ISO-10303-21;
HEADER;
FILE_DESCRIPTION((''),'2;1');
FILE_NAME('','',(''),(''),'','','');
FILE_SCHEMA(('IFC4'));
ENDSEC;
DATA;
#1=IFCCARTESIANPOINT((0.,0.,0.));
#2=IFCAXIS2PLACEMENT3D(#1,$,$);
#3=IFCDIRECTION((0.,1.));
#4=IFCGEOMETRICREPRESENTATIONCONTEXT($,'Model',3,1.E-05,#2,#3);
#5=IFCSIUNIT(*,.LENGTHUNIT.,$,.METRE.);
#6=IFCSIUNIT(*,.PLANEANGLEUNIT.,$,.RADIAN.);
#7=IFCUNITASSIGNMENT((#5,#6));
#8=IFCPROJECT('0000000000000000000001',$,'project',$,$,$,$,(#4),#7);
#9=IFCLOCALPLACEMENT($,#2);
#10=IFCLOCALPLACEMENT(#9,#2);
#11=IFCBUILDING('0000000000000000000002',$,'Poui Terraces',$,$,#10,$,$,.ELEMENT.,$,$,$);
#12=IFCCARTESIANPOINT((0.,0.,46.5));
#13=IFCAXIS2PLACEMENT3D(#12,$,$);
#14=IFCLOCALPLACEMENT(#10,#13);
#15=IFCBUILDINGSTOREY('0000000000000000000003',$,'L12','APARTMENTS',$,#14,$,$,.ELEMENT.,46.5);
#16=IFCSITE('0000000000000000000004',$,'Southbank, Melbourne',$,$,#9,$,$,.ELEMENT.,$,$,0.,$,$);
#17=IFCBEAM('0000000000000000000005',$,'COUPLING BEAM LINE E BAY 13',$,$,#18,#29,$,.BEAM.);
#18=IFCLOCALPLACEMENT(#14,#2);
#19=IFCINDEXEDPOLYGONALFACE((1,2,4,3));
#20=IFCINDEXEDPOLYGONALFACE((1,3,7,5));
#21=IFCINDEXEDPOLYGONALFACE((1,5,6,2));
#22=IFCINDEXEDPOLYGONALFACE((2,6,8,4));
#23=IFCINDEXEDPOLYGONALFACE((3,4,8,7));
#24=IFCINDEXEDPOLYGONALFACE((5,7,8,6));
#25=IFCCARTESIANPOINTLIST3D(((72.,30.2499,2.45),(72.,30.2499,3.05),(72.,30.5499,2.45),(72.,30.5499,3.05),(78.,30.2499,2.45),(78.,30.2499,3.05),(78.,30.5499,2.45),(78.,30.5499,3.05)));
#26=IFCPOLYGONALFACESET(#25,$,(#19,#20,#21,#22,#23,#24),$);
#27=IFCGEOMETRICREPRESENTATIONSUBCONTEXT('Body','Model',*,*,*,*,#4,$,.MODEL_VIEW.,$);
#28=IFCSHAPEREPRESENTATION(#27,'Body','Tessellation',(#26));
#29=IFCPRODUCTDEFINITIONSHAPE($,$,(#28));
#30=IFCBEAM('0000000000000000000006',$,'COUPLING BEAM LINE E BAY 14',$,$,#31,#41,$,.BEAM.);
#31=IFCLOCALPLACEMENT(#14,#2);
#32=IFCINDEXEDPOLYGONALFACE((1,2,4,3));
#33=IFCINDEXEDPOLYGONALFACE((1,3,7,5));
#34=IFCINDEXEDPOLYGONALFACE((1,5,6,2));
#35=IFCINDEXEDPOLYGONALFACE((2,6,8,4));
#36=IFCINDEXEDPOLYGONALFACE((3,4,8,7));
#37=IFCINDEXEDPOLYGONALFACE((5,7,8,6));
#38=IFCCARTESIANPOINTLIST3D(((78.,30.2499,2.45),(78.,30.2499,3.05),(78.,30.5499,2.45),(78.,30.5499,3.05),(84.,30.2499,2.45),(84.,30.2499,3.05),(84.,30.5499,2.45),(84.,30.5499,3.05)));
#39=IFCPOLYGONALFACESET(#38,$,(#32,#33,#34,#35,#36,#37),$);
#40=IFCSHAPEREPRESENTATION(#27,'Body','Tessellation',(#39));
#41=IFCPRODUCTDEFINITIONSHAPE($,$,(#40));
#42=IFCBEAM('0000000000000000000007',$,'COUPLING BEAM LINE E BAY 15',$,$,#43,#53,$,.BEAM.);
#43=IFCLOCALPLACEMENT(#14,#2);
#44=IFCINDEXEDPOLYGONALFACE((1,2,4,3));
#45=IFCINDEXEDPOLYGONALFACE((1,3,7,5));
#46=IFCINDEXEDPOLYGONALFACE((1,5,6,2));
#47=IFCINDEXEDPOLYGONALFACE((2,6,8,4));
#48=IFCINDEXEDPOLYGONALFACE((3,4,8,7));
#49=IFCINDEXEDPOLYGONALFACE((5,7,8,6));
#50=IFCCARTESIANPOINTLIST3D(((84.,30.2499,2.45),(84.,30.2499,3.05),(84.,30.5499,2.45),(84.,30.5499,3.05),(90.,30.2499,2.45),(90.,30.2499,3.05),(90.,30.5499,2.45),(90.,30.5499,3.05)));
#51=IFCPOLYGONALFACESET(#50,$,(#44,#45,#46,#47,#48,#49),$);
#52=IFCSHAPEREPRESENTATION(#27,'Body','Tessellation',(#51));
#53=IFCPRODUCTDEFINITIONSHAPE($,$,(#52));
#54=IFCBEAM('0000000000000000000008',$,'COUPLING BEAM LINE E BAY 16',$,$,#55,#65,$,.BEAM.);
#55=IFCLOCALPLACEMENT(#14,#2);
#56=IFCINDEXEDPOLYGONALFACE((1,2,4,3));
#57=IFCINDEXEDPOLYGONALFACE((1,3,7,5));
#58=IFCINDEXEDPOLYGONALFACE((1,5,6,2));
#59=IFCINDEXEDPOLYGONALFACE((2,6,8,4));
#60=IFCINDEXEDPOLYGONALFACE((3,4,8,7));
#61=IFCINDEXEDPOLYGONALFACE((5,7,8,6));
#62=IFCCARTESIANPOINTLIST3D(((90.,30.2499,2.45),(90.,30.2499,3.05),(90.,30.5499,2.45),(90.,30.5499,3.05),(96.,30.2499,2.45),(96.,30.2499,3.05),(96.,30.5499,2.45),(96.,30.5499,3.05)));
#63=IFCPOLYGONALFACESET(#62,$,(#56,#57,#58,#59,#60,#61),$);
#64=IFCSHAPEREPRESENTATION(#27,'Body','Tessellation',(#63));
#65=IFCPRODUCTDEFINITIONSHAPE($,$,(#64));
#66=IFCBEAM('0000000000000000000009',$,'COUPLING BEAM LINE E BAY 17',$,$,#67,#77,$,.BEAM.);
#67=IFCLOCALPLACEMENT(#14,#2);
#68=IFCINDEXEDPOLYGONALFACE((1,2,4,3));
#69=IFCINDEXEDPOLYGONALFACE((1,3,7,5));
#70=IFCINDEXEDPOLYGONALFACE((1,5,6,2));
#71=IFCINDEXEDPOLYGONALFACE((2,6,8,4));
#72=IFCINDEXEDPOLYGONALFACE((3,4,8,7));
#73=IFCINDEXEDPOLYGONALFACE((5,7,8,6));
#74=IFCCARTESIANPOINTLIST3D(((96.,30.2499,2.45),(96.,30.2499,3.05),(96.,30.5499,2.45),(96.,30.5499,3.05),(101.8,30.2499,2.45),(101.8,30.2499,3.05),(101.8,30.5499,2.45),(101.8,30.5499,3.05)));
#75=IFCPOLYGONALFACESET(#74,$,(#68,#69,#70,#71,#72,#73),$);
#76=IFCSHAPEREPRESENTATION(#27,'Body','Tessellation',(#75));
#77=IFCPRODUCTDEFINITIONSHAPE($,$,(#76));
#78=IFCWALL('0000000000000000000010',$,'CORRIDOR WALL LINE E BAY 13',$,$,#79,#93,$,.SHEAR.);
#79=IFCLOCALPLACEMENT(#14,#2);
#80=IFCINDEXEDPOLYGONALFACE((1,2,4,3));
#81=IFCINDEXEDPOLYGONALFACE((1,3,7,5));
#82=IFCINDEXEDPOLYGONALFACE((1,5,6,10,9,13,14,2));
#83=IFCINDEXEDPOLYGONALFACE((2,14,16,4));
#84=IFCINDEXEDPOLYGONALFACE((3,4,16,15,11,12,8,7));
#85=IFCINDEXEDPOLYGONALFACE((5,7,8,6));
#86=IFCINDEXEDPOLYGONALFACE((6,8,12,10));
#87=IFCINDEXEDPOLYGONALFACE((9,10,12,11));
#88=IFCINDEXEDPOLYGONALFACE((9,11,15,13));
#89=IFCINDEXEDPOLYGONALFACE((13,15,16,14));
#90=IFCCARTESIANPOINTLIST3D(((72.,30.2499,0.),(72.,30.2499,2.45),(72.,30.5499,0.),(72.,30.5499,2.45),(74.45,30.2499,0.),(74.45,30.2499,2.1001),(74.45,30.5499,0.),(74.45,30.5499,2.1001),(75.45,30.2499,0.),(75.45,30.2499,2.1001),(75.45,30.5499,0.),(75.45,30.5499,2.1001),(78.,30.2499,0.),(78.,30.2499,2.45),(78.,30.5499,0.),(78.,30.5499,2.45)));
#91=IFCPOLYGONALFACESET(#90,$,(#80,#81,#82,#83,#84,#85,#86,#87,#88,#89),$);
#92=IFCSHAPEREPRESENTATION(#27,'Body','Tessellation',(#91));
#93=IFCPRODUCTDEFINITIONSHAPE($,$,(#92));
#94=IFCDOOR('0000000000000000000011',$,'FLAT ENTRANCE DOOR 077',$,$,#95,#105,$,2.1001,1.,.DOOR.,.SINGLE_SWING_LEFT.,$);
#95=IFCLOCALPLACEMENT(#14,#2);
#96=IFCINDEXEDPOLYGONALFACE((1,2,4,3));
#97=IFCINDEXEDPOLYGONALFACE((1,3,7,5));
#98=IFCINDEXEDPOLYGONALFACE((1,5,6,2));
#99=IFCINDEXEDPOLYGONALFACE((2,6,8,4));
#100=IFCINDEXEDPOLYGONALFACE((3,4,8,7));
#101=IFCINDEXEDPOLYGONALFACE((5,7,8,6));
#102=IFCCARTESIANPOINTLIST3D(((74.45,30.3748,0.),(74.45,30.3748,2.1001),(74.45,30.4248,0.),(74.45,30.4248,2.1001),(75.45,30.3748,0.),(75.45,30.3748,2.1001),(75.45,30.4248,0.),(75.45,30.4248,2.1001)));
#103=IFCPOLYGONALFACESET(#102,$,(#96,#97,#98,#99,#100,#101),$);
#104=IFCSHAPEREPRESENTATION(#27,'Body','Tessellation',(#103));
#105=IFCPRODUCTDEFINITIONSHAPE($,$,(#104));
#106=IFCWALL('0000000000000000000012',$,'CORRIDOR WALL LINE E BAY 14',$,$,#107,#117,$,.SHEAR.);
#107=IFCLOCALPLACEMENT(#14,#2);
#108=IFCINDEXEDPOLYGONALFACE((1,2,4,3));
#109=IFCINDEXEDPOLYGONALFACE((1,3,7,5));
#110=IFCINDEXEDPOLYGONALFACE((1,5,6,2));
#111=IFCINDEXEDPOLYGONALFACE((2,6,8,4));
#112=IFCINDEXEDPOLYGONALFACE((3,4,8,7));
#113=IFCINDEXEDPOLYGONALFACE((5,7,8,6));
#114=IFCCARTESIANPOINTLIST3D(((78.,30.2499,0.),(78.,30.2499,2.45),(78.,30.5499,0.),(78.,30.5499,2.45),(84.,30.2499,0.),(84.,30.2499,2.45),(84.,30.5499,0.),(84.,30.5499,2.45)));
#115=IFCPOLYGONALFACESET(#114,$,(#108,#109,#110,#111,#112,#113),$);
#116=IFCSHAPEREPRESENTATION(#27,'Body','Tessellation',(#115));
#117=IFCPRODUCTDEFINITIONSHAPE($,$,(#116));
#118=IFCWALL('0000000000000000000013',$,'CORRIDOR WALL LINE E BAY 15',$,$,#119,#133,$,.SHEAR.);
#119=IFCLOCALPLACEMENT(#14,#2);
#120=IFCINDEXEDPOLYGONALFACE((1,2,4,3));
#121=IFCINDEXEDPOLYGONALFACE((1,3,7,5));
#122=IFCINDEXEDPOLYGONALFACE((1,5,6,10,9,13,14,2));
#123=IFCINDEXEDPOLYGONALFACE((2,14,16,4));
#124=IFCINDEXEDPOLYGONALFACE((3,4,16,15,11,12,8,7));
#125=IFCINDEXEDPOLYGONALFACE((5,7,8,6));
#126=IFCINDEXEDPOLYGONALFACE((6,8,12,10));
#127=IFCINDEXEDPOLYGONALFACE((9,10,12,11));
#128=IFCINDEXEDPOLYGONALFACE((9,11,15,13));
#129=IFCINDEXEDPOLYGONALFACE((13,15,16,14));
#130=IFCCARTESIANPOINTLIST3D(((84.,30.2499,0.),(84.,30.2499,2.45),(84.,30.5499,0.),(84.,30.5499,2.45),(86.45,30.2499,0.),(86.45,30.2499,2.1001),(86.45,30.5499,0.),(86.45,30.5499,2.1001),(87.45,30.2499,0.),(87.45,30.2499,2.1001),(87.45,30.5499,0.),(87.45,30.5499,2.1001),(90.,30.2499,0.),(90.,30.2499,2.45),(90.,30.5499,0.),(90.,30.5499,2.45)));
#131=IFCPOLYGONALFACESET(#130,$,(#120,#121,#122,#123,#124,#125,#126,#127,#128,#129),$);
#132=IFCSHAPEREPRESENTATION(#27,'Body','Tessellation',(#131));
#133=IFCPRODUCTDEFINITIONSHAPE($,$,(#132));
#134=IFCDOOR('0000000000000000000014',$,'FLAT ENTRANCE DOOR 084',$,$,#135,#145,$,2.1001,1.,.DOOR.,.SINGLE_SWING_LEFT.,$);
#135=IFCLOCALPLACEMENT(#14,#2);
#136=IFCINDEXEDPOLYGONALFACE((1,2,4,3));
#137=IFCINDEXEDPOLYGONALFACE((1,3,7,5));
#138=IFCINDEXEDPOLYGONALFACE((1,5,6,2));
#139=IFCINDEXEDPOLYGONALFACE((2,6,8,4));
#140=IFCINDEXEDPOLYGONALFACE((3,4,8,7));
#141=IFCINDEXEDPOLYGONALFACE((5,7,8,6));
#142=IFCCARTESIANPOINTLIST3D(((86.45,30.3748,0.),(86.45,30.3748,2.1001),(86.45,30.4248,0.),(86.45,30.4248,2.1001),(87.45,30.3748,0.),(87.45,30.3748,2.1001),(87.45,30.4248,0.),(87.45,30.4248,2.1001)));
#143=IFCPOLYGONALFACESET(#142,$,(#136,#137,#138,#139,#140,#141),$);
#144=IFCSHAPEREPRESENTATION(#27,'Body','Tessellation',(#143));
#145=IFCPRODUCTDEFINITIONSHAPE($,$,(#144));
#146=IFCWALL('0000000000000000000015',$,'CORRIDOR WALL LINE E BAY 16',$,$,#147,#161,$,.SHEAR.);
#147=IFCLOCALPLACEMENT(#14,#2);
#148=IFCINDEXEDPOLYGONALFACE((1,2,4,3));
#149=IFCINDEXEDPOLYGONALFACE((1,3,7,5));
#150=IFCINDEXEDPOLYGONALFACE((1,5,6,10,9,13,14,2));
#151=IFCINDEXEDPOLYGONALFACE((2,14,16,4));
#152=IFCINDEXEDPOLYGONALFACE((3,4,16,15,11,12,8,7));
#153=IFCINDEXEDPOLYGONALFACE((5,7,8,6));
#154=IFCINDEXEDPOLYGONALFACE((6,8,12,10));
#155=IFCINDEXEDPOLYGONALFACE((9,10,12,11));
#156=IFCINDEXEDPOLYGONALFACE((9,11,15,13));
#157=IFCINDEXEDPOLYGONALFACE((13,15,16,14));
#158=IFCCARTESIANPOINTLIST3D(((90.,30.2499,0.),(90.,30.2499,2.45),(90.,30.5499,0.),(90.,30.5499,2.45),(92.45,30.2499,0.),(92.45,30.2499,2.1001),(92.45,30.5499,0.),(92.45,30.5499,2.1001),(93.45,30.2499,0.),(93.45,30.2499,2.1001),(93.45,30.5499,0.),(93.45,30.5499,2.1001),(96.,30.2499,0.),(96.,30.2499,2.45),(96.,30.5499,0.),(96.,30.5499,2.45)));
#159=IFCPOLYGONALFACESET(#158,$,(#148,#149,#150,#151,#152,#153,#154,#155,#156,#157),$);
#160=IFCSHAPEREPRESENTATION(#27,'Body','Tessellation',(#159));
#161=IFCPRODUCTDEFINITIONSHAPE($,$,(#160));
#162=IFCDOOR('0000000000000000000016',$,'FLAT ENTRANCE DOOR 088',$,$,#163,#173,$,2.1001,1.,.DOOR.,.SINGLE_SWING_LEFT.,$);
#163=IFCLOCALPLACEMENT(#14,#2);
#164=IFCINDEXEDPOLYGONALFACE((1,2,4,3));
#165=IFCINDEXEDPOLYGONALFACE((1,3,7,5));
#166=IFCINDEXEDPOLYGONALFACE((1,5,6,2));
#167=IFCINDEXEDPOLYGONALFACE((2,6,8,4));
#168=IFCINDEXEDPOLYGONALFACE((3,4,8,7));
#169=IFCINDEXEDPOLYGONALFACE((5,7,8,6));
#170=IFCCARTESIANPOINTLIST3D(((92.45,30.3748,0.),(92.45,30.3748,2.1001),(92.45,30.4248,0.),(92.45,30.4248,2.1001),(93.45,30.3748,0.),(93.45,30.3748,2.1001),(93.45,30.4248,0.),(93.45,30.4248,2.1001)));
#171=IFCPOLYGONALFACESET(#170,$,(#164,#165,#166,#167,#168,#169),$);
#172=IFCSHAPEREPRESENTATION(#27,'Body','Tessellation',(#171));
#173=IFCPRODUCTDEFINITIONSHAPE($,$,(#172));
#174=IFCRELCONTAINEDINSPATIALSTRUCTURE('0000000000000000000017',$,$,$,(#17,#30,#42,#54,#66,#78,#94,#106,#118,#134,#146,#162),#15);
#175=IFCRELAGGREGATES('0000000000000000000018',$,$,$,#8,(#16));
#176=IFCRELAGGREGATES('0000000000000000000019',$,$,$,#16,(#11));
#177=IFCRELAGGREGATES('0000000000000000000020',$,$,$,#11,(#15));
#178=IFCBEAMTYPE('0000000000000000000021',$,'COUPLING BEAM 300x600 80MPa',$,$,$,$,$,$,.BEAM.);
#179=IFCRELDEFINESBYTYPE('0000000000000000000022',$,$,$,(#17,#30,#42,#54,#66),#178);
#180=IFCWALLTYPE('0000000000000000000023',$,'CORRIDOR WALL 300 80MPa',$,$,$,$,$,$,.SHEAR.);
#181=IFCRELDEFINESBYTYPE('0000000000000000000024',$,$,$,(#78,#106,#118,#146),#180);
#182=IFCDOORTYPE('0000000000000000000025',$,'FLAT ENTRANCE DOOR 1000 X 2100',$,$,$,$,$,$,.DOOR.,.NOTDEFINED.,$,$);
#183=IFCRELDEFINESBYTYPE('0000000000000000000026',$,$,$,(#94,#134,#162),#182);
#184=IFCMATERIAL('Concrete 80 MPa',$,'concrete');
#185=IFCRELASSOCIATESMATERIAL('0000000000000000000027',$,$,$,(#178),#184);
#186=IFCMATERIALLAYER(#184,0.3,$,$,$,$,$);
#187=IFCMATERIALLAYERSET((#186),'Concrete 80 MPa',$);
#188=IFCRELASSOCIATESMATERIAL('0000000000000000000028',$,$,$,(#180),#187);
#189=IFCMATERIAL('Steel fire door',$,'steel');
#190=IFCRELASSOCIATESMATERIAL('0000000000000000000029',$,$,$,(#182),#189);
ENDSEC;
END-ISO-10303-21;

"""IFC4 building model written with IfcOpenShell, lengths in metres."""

from ifc_helpers import new_model, si_unit, direction, frame, frame_2d, origin, origin_2d, place, context, subcontext, project, spatial, rectangle, extrude, source, transform, mapped, material, layer, layer_set, material_profile, profile_set, type_object, element, fill, save


model = new_model("IFC4")

# Units and contexts
model_context = context("Model", 3, precision=1e-05, world=origin(), true_north=direction((0.0, 1.0)))
body_context = subcontext(model_context, "Body", "Model", "MODEL_VIEW")
ifc_project = project(units=[si_unit("LENGTHUNIT", "METRE"), si_unit("PLANEANGLEUNIT", "RADIAN")], contexts=[model_context])

# Site, building, storey
site_placement = place(None, origin())
site = spatial("IfcSite", under=ifc_project, at=site_placement, Name="Southbank, Melbourne", CompositionType="ELEMENT", RefElevation=0.0)
building_placement = place(site_placement, origin())
building = spatial("IfcBuilding", under=site, at=building_placement, Name="Poui Terraces", CompositionType="ELEMENT")
storey_placement = place(building_placement, frame((0.0, 0.0, 46.5)))
storey = spatial("IfcBuildingStorey", under=building, at=storey_placement, Name="L12", Description="APARTMENTS", CompositionType="ELEMENT", Elevation=46.5)

# Beams
ifc_material_1 = material(Name="Concrete 80 MPa", Category="concrete")
ifc_material_profile = material_profile(ifc_material_1, rectangle(XDim=0.3, YDim=0.6001, at=origin_2d()), Name="RC 300x600")
ifc_profile_set = profile_set([ifc_material_profile], Name="Concrete 80 MPa")
beam_type = type_object("IfcBeamType", Name="COUPLING BEAM 300x600 80MPa", PredefinedType="BEAM", material=ifc_profile_set)
shared_shape_1 = source(origin(), body_context, "Body", "SweptSolid", [
    extrude(rectangle(XDim=0.3, YDim=0.6001, at=origin_2d()), origin(), (0.0, 0.0, 1.0), 6.0),
])
for number, where, z_axis, x_axis, name in (
    (1, (72.0, 30.3999, 2.75), (1.0, 0.0, 0.0), (0.0, 1.0, 0.0), "COUPLING BEAM LINE E BAY 13"),
    (2, (78.0, 30.3999, 2.75), (1.0, 0.0, 0.0), (0.0, 1.0, 0.0), "COUPLING BEAM LINE E BAY 14"),
    (3, (84.0, 30.3999, 2.75), (1.0, 0.0, 0.0), (0.0, 1.0, 0.0), "COUPLING BEAM LINE E BAY 15"),
    (4, (90.0, 30.3999, 2.75), (1.0, 0.0, 0.0), (0.0, 1.0, 0.0), "COUPLING BEAM LINE E BAY 16"),
):
    element("IfcBeam", number, at=place(storey_placement, frame(where, z_axis=z_axis, x_axis=x_axis)), inside=storey, type_object=beam_type, Name=name, PredefinedType="BEAM", context=body_context, shape_type="MappedRepresentation", body=[
        mapped(shared_shape_1, transform((0.0, 0.0, 0.0))),
    ])
shared_shape_2 = source(origin(), body_context, "Body", "SweptSolid", [
    extrude(rectangle(XDim=0.3, YDim=0.6001, at=origin_2d()), origin(), (0.0, 0.0, 1.0), 5.8),
])
beam_placement = place(storey_placement, frame((96.0, 30.3999, 2.75), z_axis=(1.0, 0.0, 0.0), x_axis=(0.0, 1.0, 0.0)))
element("IfcBeam", 5, at=beam_placement, inside=storey, type_object=beam_type, Name="COUPLING BEAM LINE E BAY 17", PredefinedType="BEAM", context=body_context, shape_type="MappedRepresentation", body=[
    mapped(shared_shape_2, transform((0.0, 0.0, 0.0))),
])

# Wall, opening, door
ifc_layer_1 = layer(ifc_material_1, 0.3)
ifc_layer_set_1 = layer_set([ifc_layer_1], Name="Concrete 80 MPa")
wall_type_1 = type_object("IfcWallType", Name="CORRIDOR WALL 300 80MPa", PredefinedType="SHEAR", material=ifc_layer_set_1)
wall_1_placement = place(storey_placement, frame((72.0, 30.3999, 0.0), z_axis=(0.0, 0.0, 1.0), x_axis=(1.0, 0.0, 0.0)))
wall_1 = element("IfcWall", 6, at=wall_1_placement, inside=storey, type_object=wall_type_1, Name="CORRIDOR WALL LINE E BAY 13", PredefinedType="SHEAR", context=body_context, shape_type="SweptSolid", body=[
    extrude(rectangle(XDim=6.0, YDim=0.3, at=frame_2d((3.0, 0.0))), origin(), (0.0, 0.0, 1.0), 2.45),
])
opening_1_placement = place(wall_1_placement, frame((2.45, 0.0, 0.0)))
opening_1 = element("IfcOpeningElement", 7, at=opening_1_placement, cuts=wall_1, PredefinedType="OPENING", context=body_context, shape_type="SweptSolid", body=[
    extrude(rectangle(XDim=1.0, YDim=2.1001, at=frame_2d((0.5, 1.05))), frame((0.0, 0.1602, 0.0), z_axis=(0.0, -1.0, 0.0), x_axis=(1.0, 0.0, 0.0)), (0.0, 0.0, 1.0), 0.3201),
])
ifc_material_2 = material(Name="Steel fire door", Category="steel")
door_type_1 = type_object("IfcDoorType", Name="FLAT ENTRANCE DOOR 1000 X 2100", OperationType="NOTDEFINED", PredefinedType="DOOR", material=ifc_material_2)
door_1_placement = place(opening_1_placement, origin())
door_1 = element("IfcDoor", 8, at=door_1_placement, inside=storey, type_object=door_type_1, Name="FLAT ENTRANCE DOOR 077", OperationType="SINGLE_SWING_LEFT", OverallHeight=2.1001, OverallWidth=1.0, PredefinedType="DOOR", context=body_context, shape_type="SweptSolid", body=[
    extrude(rectangle(XDim=1.0, YDim=2.1001, at=frame_2d((0.5, 1.05))), frame((0.0, 0.0249, 0.0), z_axis=(0.0, -1.0, 0.0), x_axis=(1.0, 0.0, 0.0)), (0.0, 0.0, 1.0), 0.05),
])
fill(opening_1, door_1)

# Wall
wall_2_placement = place(storey_placement, frame((78.0, 30.3999, 0.0), z_axis=(0.0, 0.0, 1.0), x_axis=(1.0, 0.0, 0.0)))
element("IfcWall", 9, at=wall_2_placement, inside=storey, type_object=wall_type_1, Name="CORRIDOR WALL LINE E BAY 14", PredefinedType="SHEAR", context=body_context, shape_type="SweptSolid", body=[
    extrude(rectangle(XDim=6.0, YDim=0.3, at=frame_2d((3.0, 0.0))), origin(), (0.0, 0.0, 1.0), 2.45),
])

# Walls, openings, doors
wall_3_placement = place(storey_placement, frame((84.0, 30.3999, 0.0), z_axis=(0.0, 0.0, 1.0), x_axis=(1.0, 0.0, 0.0)))
wall_3 = element("IfcWall", 10, at=wall_3_placement, inside=storey, type_object=wall_type_1, Name="CORRIDOR WALL LINE E BAY 15", PredefinedType="SHEAR", context=body_context, shape_type="SweptSolid", body=[
    extrude(rectangle(XDim=6.0, YDim=0.3, at=frame_2d((3.0, 0.0))), origin(), (0.0, 0.0, 1.0), 2.45),
])
opening_2_placement = place(wall_3_placement, frame((2.45, 0.0, 0.0)))
opening_2 = element("IfcOpeningElement", 11, at=opening_2_placement, cuts=wall_3, PredefinedType="OPENING", context=body_context, shape_type="SweptSolid", body=[
    extrude(rectangle(XDim=1.0, YDim=2.1001, at=frame_2d((0.5, 1.05))), frame((0.0, 0.1602, 0.0), z_axis=(0.0, -1.0, 0.0), x_axis=(1.0, 0.0, 0.0)), (0.0, 0.0, 1.0), 0.3201),
])
door_2_placement = place(opening_2_placement, origin())
door_2 = element("IfcDoor", 12, at=door_2_placement, inside=storey, type_object=door_type_1, Name="FLAT ENTRANCE DOOR 084", OperationType="SINGLE_SWING_LEFT", OverallHeight=2.1001, OverallWidth=1.0, PredefinedType="DOOR", context=body_context, shape_type="SweptSolid", body=[
    extrude(rectangle(XDim=1.0, YDim=2.1001, at=frame_2d((0.5, 1.05))), frame((0.0, 0.0249, 0.0), z_axis=(0.0, -1.0, 0.0), x_axis=(1.0, 0.0, 0.0)), (0.0, 0.0, 1.0), 0.05),
])
fill(opening_2, door_2)
wall_4_placement = place(storey_placement, frame((90.0, 30.3999, 0.0), z_axis=(0.0, 0.0, 1.0), x_axis=(1.0, 0.0, 0.0)))
wall_4 = element("IfcWall", 13, at=wall_4_placement, inside=storey, type_object=wall_type_1, Name="CORRIDOR WALL LINE E BAY 16", PredefinedType="SHEAR", context=body_context, shape_type="SweptSolid", body=[
    extrude(rectangle(XDim=6.0, YDim=0.3, at=frame_2d((3.0, 0.0))), origin(), (0.0, 0.0, 1.0), 2.45),
])
opening_3_placement = place(wall_4_placement, frame((2.45, 0.0, 0.0)))
opening_3 = element("IfcOpeningElement", 14, at=opening_3_placement, cuts=wall_4, PredefinedType="OPENING", context=body_context, shape_type="SweptSolid", body=[
    extrude(rectangle(XDim=1.0, YDim=2.1001, at=frame_2d((0.5, 1.05))), frame((0.0, 0.1602, 0.0), z_axis=(0.0, -1.0, 0.0), x_axis=(1.0, 0.0, 0.0)), (0.0, 0.0, 1.0), 0.3201),
])
door_3_placement = place(opening_3_placement, origin())
door_3 = element("IfcDoor", 15, at=door_3_placement, inside=storey, type_object=door_type_1, Name="FLAT ENTRANCE DOOR 088", OperationType="SINGLE_SWING_LEFT", OverallHeight=2.1001, OverallWidth=1.0, PredefinedType="DOOR", context=body_context, shape_type="SweptSolid", body=[
    extrude(rectangle(XDim=1.0, YDim=2.1001, at=frame_2d((0.5, 1.05))), frame((0.0, 0.0249, 0.0), z_axis=(0.0, -1.0, 0.0), x_axis=(1.0, 0.0, 0.0)), (0.0, 0.0, 1.0), 0.05),
])
fill(opening_3, door_3)

save(model, "model.ifc")
